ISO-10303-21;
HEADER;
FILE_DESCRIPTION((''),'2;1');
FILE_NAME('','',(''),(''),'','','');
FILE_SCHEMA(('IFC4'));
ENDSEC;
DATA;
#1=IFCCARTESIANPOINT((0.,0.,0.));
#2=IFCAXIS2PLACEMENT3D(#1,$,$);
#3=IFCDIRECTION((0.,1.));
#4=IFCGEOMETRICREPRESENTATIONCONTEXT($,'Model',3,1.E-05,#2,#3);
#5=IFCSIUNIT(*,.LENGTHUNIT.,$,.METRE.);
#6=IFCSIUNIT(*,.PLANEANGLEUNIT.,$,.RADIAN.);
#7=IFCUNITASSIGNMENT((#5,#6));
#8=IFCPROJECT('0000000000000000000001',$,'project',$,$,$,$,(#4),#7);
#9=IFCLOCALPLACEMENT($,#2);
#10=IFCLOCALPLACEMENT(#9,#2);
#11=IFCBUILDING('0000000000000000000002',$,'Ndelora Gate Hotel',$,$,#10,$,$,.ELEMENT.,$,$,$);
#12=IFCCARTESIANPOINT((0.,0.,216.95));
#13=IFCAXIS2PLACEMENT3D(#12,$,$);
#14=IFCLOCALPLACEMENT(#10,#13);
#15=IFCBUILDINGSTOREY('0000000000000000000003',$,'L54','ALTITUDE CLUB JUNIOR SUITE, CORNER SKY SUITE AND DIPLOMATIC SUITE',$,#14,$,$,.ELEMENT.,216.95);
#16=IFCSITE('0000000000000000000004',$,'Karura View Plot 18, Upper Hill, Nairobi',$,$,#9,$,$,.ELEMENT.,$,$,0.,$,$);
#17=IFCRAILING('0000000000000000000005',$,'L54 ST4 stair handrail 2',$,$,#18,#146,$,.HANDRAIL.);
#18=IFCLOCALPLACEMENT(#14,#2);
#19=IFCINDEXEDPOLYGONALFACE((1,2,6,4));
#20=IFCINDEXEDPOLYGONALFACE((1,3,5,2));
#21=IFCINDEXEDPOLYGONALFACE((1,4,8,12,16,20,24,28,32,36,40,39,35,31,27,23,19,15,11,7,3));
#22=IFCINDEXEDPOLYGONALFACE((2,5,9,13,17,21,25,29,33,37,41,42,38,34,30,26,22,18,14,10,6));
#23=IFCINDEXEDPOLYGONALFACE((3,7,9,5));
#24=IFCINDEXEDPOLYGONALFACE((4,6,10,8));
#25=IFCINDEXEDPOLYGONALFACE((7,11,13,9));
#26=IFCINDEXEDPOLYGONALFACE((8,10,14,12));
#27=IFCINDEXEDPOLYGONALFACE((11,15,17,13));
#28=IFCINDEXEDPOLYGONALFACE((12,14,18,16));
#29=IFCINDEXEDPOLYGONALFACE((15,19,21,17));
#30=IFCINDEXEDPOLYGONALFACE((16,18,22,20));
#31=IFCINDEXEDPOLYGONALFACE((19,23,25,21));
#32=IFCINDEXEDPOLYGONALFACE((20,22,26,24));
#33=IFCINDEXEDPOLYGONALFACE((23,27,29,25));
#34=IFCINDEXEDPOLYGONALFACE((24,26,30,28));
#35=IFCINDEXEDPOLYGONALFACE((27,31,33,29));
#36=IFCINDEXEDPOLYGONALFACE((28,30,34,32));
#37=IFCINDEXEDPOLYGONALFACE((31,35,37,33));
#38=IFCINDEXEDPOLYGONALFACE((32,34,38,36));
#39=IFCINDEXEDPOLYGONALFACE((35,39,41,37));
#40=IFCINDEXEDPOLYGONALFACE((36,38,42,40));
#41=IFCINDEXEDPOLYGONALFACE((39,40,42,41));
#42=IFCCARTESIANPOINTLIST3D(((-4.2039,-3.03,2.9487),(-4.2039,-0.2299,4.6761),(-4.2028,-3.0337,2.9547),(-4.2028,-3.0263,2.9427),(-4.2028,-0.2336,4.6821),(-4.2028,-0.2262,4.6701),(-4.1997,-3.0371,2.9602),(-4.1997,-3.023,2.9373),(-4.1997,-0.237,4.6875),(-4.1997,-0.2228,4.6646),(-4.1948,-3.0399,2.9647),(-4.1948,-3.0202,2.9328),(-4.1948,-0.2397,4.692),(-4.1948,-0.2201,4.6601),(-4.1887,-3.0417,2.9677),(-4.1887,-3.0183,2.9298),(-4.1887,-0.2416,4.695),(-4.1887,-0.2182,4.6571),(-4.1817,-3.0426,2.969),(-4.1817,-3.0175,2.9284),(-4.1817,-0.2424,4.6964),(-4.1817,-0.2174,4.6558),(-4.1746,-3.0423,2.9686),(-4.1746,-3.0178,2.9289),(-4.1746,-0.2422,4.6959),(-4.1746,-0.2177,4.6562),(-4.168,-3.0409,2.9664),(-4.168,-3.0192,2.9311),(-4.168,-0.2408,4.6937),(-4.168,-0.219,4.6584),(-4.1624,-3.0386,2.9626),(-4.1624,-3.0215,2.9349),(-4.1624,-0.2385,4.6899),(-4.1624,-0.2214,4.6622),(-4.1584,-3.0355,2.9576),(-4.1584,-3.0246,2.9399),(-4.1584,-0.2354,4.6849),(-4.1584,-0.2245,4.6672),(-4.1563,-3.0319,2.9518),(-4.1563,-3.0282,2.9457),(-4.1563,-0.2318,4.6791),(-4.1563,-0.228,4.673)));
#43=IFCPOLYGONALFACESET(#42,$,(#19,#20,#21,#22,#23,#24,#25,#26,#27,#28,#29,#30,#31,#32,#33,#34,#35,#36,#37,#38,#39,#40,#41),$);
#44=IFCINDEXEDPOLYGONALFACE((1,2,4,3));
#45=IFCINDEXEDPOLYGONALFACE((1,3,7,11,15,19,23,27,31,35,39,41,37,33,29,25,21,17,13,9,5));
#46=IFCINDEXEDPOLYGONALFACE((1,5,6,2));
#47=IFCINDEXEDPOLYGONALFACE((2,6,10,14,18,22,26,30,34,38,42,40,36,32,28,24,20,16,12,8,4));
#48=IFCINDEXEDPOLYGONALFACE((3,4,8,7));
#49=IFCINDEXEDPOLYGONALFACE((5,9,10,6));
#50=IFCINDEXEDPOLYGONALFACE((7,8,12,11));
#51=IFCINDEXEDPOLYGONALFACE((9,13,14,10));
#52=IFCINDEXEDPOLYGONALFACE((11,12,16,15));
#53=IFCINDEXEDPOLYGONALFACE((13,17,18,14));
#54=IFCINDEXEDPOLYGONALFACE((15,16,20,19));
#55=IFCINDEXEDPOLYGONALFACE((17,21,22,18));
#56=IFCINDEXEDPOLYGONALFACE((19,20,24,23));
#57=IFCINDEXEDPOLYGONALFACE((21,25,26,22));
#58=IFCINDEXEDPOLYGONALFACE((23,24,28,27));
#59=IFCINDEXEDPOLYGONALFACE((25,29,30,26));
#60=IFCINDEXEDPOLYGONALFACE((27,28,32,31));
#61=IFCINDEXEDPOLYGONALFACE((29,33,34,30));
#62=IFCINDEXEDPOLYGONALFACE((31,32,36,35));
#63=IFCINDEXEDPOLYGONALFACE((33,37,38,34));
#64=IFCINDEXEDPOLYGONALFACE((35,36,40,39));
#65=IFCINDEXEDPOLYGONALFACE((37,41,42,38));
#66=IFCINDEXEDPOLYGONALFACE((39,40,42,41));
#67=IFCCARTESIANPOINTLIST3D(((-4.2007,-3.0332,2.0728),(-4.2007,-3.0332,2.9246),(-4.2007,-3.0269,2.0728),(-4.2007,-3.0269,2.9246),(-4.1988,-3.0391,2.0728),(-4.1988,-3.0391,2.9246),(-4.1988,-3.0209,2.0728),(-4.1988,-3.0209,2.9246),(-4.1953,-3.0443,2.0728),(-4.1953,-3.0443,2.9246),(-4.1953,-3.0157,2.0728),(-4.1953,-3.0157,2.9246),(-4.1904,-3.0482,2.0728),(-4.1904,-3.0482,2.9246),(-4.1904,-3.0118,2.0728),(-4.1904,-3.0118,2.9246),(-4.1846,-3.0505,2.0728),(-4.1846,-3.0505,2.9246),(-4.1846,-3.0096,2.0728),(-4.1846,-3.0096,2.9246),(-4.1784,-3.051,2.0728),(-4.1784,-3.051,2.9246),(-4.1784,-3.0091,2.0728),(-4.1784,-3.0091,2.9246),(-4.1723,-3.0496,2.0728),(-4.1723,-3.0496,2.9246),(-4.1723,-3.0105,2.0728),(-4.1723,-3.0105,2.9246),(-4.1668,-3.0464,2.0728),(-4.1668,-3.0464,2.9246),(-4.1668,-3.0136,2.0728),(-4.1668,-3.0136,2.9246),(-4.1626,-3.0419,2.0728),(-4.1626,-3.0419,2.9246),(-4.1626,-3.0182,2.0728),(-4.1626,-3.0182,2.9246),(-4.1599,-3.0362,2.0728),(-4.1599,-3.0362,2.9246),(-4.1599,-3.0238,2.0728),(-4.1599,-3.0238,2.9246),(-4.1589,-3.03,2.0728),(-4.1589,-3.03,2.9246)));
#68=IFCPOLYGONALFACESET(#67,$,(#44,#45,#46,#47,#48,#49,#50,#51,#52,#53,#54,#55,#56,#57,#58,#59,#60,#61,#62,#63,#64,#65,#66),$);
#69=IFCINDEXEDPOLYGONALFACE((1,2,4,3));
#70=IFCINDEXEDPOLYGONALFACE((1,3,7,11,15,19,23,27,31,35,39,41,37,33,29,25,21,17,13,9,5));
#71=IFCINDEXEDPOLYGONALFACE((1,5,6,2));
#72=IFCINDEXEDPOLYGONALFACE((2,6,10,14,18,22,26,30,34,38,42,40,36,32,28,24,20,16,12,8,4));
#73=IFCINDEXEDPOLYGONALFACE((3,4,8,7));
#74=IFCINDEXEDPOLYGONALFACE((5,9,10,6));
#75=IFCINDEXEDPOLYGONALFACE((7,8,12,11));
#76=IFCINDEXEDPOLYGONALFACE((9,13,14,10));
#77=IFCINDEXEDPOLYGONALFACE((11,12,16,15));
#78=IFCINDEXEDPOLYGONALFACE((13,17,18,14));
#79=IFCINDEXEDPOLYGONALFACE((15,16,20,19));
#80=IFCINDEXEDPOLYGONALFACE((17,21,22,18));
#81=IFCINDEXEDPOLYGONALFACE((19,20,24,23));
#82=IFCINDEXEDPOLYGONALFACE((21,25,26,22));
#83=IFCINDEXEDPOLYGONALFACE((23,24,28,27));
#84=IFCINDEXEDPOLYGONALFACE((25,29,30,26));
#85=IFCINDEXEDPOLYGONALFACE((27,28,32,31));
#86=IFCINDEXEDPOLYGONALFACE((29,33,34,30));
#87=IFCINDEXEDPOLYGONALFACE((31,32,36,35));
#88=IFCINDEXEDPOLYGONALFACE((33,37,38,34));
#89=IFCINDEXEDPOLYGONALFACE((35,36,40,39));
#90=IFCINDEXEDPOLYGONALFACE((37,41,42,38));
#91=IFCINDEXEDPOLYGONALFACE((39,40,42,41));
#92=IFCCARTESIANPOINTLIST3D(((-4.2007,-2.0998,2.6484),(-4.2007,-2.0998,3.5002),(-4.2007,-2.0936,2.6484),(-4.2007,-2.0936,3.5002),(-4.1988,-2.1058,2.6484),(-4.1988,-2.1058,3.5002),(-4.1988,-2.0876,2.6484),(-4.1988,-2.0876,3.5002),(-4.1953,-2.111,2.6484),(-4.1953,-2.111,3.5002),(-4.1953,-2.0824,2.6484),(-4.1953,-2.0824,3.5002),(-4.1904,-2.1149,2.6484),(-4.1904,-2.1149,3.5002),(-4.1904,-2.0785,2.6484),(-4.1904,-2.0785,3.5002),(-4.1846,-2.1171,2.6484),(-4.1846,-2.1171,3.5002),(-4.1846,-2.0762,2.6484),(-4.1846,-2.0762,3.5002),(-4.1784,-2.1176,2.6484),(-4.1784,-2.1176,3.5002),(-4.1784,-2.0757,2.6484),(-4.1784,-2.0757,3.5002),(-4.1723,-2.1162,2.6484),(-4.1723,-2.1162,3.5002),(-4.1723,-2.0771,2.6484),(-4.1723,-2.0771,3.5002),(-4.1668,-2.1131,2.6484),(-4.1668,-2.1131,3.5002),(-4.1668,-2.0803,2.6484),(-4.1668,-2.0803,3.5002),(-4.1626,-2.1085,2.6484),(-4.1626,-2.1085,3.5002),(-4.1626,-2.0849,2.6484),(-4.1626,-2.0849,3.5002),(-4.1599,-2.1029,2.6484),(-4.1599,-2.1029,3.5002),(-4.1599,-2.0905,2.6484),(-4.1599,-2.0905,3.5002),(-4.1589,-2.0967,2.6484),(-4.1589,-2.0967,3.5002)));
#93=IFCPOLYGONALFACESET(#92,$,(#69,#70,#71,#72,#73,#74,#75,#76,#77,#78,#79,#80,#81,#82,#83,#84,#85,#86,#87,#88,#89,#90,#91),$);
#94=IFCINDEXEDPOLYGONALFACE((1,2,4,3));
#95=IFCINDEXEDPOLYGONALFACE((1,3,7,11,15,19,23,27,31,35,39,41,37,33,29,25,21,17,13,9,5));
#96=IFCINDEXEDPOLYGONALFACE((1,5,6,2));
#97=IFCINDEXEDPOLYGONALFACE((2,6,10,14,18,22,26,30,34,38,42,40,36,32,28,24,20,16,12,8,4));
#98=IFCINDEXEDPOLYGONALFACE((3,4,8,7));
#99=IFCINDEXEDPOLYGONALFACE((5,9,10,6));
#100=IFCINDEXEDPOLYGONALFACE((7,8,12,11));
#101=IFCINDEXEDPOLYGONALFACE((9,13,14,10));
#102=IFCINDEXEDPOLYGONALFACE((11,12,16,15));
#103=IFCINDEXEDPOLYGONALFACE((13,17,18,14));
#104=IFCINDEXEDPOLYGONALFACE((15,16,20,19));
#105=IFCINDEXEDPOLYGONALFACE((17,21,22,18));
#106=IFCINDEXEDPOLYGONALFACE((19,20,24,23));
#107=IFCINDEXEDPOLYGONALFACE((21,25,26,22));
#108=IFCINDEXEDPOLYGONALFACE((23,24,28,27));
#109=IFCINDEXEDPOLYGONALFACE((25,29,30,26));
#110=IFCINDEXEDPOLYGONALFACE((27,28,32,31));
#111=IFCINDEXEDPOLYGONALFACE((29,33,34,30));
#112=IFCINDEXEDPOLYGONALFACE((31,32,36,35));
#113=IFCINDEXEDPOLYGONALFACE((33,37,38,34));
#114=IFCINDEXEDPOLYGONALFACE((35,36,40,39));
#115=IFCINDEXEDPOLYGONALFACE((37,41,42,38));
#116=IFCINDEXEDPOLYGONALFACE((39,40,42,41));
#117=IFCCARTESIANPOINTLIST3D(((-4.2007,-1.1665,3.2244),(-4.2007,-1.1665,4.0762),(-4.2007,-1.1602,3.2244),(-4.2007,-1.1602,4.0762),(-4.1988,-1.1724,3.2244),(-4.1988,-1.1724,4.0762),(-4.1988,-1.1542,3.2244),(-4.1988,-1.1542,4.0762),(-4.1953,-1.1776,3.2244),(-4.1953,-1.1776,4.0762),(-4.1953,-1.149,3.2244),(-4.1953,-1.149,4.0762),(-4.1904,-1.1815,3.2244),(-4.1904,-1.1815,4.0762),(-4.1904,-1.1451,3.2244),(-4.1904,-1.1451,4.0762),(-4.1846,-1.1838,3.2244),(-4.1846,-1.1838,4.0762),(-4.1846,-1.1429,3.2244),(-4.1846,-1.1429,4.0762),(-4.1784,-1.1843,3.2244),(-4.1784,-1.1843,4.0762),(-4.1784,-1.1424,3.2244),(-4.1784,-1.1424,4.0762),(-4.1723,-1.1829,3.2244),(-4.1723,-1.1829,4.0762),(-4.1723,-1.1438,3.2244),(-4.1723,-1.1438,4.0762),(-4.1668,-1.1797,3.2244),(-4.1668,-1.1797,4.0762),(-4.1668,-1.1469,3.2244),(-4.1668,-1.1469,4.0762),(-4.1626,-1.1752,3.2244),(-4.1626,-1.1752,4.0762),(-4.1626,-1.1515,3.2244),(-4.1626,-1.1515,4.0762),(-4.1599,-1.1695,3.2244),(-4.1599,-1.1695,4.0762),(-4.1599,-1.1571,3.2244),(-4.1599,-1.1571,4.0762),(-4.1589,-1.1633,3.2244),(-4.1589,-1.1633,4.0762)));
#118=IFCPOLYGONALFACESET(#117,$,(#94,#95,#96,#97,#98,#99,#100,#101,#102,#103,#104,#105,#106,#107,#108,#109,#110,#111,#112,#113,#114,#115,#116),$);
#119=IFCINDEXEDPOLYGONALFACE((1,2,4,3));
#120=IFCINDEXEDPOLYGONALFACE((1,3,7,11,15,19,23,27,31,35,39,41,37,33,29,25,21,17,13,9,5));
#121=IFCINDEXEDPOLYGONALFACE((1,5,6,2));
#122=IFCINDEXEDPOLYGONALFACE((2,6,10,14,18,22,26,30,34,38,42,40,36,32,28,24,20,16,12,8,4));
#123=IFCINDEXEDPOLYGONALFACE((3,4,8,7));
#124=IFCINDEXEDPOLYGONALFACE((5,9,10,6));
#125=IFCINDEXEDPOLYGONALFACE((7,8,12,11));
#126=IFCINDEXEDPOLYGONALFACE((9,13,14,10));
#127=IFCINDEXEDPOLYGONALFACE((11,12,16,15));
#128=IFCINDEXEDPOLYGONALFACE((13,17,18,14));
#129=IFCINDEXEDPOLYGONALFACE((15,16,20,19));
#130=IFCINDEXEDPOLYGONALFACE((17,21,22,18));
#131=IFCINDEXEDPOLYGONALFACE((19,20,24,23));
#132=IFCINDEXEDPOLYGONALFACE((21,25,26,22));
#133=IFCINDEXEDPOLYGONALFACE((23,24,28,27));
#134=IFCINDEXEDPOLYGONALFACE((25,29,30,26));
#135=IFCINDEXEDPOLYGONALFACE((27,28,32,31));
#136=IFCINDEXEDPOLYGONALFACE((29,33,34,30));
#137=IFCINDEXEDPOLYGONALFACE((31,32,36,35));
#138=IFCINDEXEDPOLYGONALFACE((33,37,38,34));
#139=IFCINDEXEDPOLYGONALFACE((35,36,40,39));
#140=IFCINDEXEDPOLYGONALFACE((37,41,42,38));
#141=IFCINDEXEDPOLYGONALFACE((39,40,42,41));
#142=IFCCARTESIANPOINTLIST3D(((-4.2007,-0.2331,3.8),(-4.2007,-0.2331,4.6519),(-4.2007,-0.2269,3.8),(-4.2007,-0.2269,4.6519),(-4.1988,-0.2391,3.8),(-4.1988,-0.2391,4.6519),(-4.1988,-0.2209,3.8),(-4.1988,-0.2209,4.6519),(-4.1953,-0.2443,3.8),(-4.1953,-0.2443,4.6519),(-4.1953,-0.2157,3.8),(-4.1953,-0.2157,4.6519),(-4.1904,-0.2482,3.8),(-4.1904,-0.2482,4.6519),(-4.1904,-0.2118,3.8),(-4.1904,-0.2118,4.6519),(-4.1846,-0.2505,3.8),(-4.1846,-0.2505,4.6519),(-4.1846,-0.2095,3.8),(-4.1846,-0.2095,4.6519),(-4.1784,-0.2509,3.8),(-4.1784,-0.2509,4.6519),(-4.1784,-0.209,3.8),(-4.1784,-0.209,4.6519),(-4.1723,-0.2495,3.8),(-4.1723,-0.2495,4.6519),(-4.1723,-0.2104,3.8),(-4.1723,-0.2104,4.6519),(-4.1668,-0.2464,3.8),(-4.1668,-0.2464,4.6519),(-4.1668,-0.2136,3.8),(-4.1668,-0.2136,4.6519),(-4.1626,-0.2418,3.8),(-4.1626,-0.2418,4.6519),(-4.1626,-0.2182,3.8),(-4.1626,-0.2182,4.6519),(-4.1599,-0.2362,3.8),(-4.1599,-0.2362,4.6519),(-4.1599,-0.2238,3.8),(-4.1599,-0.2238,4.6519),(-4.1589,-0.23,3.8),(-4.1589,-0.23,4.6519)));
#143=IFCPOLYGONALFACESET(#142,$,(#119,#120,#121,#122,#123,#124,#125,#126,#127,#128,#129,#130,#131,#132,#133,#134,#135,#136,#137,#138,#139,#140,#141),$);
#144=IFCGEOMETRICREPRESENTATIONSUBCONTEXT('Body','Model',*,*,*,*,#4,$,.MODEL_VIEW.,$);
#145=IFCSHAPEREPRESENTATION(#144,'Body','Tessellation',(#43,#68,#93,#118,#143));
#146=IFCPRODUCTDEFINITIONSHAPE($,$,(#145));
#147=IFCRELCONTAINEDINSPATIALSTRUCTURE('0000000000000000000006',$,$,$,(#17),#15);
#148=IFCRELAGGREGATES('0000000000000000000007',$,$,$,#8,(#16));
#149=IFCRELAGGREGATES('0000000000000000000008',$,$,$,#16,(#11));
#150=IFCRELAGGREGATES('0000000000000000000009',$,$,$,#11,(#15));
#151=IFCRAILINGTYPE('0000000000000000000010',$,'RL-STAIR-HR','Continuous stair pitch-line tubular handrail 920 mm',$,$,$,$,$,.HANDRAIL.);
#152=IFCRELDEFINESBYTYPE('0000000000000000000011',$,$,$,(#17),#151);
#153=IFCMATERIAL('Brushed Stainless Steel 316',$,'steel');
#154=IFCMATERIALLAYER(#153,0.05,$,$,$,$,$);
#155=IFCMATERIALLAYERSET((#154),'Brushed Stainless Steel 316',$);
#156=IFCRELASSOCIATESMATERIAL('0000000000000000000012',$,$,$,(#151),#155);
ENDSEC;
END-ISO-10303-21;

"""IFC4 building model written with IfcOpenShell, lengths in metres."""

from ifc_helpers import new_model, si_unit, direction, frame, origin, origin_2d, place, context, subcontext, project, spatial, circle, extrude, material, layer, layer_set, type_object, element, save


model = new_model("IFC4")

# Units and contexts
model_context = context("Model", 3, precision=1e-05, world=origin(), true_north=direction((0.0, 1.0)))
body_context = subcontext(model_context, "Body", "Model", "MODEL_VIEW")
ifc_project = project(units=[si_unit("LENGTHUNIT", "METRE"), si_unit("PLANEANGLEUNIT", "RADIAN")], contexts=[model_context])

# Site, building, storey
site_placement = place(None, origin())
site = spatial("IfcSite", under=ifc_project, at=site_placement, Name="Karura View Plot 18, Upper Hill, Nairobi", CompositionType="ELEMENT", RefElevation=0.0)
building_placement = place(site_placement, origin())
building = spatial("IfcBuilding", under=site, at=building_placement, Name="Ndelora Gate Hotel", CompositionType="ELEMENT")
storey_placement = place(building_placement, frame((0.0, 0.0, 216.95)))
storey = spatial("IfcBuildingStorey", under=building, at=storey_placement, Name="L54", Description="ALTITUDE CLUB JUNIOR SUITE, CORNER SKY SUITE AND DIPLOMATIC SUITE", CompositionType="ELEMENT", Elevation=216.95)

# Railing
ifc_material_1 = material(Name="Brushed Stainless Steel 316", Category="steel")
ifc_layer_1 = layer(ifc_material_1, 0.05)
ifc_layer_set_1 = layer_set([ifc_layer_1], Name="Brushed Stainless Steel 316")
railing_type_1 = type_object("IfcRailingType", Name="RL-STAIR-HR", Description="Continuous stair pitch-line tubular handrail 920 mm", PredefinedType="HANDRAIL", material=ifc_layer_set_1)
railing_1_placement = place(storey_placement, frame((-4.1799, -3.03, 2.0728)))
element("IfcRailing", 1, at=railing_1_placement, inside=storey, type_object=railing_type_1, Name="L54 ST4 stair handrail 2", PredefinedType="HANDRAIL", context=body_context, shape_type="SweptSolid", body=[
    extrude(circle(Radius=0.0239, at=origin_2d()), frame((0.0, 0.0, 0.876), z_axis=(0.0, 0.85109, 0.52502), x_axis=(-1.0, 0.0, 0.0)), (0.0, 0.0, 1.0), 3.29),
    extrude(circle(Radius=0.021, at=origin_2d()), origin(), (0.0, 0.0, 1.0), 0.8518),
    extrude(circle(Radius=0.021, at=origin_2d()), frame((0.0, 0.9333, 0.5757)), (0.0, 0.0, 1.0), 0.8518),
    extrude(circle(Radius=0.021, at=origin_2d()), frame((0.0, 1.8667, 1.1516)), (0.0, 0.0, 1.0), 0.8518),
    extrude(circle(Radius=0.021, at=origin_2d()), frame((0.0, 2.8, 1.7273)), (0.0, 0.0, 1.0), 0.8518),
])

save(model, "model.ifc")
